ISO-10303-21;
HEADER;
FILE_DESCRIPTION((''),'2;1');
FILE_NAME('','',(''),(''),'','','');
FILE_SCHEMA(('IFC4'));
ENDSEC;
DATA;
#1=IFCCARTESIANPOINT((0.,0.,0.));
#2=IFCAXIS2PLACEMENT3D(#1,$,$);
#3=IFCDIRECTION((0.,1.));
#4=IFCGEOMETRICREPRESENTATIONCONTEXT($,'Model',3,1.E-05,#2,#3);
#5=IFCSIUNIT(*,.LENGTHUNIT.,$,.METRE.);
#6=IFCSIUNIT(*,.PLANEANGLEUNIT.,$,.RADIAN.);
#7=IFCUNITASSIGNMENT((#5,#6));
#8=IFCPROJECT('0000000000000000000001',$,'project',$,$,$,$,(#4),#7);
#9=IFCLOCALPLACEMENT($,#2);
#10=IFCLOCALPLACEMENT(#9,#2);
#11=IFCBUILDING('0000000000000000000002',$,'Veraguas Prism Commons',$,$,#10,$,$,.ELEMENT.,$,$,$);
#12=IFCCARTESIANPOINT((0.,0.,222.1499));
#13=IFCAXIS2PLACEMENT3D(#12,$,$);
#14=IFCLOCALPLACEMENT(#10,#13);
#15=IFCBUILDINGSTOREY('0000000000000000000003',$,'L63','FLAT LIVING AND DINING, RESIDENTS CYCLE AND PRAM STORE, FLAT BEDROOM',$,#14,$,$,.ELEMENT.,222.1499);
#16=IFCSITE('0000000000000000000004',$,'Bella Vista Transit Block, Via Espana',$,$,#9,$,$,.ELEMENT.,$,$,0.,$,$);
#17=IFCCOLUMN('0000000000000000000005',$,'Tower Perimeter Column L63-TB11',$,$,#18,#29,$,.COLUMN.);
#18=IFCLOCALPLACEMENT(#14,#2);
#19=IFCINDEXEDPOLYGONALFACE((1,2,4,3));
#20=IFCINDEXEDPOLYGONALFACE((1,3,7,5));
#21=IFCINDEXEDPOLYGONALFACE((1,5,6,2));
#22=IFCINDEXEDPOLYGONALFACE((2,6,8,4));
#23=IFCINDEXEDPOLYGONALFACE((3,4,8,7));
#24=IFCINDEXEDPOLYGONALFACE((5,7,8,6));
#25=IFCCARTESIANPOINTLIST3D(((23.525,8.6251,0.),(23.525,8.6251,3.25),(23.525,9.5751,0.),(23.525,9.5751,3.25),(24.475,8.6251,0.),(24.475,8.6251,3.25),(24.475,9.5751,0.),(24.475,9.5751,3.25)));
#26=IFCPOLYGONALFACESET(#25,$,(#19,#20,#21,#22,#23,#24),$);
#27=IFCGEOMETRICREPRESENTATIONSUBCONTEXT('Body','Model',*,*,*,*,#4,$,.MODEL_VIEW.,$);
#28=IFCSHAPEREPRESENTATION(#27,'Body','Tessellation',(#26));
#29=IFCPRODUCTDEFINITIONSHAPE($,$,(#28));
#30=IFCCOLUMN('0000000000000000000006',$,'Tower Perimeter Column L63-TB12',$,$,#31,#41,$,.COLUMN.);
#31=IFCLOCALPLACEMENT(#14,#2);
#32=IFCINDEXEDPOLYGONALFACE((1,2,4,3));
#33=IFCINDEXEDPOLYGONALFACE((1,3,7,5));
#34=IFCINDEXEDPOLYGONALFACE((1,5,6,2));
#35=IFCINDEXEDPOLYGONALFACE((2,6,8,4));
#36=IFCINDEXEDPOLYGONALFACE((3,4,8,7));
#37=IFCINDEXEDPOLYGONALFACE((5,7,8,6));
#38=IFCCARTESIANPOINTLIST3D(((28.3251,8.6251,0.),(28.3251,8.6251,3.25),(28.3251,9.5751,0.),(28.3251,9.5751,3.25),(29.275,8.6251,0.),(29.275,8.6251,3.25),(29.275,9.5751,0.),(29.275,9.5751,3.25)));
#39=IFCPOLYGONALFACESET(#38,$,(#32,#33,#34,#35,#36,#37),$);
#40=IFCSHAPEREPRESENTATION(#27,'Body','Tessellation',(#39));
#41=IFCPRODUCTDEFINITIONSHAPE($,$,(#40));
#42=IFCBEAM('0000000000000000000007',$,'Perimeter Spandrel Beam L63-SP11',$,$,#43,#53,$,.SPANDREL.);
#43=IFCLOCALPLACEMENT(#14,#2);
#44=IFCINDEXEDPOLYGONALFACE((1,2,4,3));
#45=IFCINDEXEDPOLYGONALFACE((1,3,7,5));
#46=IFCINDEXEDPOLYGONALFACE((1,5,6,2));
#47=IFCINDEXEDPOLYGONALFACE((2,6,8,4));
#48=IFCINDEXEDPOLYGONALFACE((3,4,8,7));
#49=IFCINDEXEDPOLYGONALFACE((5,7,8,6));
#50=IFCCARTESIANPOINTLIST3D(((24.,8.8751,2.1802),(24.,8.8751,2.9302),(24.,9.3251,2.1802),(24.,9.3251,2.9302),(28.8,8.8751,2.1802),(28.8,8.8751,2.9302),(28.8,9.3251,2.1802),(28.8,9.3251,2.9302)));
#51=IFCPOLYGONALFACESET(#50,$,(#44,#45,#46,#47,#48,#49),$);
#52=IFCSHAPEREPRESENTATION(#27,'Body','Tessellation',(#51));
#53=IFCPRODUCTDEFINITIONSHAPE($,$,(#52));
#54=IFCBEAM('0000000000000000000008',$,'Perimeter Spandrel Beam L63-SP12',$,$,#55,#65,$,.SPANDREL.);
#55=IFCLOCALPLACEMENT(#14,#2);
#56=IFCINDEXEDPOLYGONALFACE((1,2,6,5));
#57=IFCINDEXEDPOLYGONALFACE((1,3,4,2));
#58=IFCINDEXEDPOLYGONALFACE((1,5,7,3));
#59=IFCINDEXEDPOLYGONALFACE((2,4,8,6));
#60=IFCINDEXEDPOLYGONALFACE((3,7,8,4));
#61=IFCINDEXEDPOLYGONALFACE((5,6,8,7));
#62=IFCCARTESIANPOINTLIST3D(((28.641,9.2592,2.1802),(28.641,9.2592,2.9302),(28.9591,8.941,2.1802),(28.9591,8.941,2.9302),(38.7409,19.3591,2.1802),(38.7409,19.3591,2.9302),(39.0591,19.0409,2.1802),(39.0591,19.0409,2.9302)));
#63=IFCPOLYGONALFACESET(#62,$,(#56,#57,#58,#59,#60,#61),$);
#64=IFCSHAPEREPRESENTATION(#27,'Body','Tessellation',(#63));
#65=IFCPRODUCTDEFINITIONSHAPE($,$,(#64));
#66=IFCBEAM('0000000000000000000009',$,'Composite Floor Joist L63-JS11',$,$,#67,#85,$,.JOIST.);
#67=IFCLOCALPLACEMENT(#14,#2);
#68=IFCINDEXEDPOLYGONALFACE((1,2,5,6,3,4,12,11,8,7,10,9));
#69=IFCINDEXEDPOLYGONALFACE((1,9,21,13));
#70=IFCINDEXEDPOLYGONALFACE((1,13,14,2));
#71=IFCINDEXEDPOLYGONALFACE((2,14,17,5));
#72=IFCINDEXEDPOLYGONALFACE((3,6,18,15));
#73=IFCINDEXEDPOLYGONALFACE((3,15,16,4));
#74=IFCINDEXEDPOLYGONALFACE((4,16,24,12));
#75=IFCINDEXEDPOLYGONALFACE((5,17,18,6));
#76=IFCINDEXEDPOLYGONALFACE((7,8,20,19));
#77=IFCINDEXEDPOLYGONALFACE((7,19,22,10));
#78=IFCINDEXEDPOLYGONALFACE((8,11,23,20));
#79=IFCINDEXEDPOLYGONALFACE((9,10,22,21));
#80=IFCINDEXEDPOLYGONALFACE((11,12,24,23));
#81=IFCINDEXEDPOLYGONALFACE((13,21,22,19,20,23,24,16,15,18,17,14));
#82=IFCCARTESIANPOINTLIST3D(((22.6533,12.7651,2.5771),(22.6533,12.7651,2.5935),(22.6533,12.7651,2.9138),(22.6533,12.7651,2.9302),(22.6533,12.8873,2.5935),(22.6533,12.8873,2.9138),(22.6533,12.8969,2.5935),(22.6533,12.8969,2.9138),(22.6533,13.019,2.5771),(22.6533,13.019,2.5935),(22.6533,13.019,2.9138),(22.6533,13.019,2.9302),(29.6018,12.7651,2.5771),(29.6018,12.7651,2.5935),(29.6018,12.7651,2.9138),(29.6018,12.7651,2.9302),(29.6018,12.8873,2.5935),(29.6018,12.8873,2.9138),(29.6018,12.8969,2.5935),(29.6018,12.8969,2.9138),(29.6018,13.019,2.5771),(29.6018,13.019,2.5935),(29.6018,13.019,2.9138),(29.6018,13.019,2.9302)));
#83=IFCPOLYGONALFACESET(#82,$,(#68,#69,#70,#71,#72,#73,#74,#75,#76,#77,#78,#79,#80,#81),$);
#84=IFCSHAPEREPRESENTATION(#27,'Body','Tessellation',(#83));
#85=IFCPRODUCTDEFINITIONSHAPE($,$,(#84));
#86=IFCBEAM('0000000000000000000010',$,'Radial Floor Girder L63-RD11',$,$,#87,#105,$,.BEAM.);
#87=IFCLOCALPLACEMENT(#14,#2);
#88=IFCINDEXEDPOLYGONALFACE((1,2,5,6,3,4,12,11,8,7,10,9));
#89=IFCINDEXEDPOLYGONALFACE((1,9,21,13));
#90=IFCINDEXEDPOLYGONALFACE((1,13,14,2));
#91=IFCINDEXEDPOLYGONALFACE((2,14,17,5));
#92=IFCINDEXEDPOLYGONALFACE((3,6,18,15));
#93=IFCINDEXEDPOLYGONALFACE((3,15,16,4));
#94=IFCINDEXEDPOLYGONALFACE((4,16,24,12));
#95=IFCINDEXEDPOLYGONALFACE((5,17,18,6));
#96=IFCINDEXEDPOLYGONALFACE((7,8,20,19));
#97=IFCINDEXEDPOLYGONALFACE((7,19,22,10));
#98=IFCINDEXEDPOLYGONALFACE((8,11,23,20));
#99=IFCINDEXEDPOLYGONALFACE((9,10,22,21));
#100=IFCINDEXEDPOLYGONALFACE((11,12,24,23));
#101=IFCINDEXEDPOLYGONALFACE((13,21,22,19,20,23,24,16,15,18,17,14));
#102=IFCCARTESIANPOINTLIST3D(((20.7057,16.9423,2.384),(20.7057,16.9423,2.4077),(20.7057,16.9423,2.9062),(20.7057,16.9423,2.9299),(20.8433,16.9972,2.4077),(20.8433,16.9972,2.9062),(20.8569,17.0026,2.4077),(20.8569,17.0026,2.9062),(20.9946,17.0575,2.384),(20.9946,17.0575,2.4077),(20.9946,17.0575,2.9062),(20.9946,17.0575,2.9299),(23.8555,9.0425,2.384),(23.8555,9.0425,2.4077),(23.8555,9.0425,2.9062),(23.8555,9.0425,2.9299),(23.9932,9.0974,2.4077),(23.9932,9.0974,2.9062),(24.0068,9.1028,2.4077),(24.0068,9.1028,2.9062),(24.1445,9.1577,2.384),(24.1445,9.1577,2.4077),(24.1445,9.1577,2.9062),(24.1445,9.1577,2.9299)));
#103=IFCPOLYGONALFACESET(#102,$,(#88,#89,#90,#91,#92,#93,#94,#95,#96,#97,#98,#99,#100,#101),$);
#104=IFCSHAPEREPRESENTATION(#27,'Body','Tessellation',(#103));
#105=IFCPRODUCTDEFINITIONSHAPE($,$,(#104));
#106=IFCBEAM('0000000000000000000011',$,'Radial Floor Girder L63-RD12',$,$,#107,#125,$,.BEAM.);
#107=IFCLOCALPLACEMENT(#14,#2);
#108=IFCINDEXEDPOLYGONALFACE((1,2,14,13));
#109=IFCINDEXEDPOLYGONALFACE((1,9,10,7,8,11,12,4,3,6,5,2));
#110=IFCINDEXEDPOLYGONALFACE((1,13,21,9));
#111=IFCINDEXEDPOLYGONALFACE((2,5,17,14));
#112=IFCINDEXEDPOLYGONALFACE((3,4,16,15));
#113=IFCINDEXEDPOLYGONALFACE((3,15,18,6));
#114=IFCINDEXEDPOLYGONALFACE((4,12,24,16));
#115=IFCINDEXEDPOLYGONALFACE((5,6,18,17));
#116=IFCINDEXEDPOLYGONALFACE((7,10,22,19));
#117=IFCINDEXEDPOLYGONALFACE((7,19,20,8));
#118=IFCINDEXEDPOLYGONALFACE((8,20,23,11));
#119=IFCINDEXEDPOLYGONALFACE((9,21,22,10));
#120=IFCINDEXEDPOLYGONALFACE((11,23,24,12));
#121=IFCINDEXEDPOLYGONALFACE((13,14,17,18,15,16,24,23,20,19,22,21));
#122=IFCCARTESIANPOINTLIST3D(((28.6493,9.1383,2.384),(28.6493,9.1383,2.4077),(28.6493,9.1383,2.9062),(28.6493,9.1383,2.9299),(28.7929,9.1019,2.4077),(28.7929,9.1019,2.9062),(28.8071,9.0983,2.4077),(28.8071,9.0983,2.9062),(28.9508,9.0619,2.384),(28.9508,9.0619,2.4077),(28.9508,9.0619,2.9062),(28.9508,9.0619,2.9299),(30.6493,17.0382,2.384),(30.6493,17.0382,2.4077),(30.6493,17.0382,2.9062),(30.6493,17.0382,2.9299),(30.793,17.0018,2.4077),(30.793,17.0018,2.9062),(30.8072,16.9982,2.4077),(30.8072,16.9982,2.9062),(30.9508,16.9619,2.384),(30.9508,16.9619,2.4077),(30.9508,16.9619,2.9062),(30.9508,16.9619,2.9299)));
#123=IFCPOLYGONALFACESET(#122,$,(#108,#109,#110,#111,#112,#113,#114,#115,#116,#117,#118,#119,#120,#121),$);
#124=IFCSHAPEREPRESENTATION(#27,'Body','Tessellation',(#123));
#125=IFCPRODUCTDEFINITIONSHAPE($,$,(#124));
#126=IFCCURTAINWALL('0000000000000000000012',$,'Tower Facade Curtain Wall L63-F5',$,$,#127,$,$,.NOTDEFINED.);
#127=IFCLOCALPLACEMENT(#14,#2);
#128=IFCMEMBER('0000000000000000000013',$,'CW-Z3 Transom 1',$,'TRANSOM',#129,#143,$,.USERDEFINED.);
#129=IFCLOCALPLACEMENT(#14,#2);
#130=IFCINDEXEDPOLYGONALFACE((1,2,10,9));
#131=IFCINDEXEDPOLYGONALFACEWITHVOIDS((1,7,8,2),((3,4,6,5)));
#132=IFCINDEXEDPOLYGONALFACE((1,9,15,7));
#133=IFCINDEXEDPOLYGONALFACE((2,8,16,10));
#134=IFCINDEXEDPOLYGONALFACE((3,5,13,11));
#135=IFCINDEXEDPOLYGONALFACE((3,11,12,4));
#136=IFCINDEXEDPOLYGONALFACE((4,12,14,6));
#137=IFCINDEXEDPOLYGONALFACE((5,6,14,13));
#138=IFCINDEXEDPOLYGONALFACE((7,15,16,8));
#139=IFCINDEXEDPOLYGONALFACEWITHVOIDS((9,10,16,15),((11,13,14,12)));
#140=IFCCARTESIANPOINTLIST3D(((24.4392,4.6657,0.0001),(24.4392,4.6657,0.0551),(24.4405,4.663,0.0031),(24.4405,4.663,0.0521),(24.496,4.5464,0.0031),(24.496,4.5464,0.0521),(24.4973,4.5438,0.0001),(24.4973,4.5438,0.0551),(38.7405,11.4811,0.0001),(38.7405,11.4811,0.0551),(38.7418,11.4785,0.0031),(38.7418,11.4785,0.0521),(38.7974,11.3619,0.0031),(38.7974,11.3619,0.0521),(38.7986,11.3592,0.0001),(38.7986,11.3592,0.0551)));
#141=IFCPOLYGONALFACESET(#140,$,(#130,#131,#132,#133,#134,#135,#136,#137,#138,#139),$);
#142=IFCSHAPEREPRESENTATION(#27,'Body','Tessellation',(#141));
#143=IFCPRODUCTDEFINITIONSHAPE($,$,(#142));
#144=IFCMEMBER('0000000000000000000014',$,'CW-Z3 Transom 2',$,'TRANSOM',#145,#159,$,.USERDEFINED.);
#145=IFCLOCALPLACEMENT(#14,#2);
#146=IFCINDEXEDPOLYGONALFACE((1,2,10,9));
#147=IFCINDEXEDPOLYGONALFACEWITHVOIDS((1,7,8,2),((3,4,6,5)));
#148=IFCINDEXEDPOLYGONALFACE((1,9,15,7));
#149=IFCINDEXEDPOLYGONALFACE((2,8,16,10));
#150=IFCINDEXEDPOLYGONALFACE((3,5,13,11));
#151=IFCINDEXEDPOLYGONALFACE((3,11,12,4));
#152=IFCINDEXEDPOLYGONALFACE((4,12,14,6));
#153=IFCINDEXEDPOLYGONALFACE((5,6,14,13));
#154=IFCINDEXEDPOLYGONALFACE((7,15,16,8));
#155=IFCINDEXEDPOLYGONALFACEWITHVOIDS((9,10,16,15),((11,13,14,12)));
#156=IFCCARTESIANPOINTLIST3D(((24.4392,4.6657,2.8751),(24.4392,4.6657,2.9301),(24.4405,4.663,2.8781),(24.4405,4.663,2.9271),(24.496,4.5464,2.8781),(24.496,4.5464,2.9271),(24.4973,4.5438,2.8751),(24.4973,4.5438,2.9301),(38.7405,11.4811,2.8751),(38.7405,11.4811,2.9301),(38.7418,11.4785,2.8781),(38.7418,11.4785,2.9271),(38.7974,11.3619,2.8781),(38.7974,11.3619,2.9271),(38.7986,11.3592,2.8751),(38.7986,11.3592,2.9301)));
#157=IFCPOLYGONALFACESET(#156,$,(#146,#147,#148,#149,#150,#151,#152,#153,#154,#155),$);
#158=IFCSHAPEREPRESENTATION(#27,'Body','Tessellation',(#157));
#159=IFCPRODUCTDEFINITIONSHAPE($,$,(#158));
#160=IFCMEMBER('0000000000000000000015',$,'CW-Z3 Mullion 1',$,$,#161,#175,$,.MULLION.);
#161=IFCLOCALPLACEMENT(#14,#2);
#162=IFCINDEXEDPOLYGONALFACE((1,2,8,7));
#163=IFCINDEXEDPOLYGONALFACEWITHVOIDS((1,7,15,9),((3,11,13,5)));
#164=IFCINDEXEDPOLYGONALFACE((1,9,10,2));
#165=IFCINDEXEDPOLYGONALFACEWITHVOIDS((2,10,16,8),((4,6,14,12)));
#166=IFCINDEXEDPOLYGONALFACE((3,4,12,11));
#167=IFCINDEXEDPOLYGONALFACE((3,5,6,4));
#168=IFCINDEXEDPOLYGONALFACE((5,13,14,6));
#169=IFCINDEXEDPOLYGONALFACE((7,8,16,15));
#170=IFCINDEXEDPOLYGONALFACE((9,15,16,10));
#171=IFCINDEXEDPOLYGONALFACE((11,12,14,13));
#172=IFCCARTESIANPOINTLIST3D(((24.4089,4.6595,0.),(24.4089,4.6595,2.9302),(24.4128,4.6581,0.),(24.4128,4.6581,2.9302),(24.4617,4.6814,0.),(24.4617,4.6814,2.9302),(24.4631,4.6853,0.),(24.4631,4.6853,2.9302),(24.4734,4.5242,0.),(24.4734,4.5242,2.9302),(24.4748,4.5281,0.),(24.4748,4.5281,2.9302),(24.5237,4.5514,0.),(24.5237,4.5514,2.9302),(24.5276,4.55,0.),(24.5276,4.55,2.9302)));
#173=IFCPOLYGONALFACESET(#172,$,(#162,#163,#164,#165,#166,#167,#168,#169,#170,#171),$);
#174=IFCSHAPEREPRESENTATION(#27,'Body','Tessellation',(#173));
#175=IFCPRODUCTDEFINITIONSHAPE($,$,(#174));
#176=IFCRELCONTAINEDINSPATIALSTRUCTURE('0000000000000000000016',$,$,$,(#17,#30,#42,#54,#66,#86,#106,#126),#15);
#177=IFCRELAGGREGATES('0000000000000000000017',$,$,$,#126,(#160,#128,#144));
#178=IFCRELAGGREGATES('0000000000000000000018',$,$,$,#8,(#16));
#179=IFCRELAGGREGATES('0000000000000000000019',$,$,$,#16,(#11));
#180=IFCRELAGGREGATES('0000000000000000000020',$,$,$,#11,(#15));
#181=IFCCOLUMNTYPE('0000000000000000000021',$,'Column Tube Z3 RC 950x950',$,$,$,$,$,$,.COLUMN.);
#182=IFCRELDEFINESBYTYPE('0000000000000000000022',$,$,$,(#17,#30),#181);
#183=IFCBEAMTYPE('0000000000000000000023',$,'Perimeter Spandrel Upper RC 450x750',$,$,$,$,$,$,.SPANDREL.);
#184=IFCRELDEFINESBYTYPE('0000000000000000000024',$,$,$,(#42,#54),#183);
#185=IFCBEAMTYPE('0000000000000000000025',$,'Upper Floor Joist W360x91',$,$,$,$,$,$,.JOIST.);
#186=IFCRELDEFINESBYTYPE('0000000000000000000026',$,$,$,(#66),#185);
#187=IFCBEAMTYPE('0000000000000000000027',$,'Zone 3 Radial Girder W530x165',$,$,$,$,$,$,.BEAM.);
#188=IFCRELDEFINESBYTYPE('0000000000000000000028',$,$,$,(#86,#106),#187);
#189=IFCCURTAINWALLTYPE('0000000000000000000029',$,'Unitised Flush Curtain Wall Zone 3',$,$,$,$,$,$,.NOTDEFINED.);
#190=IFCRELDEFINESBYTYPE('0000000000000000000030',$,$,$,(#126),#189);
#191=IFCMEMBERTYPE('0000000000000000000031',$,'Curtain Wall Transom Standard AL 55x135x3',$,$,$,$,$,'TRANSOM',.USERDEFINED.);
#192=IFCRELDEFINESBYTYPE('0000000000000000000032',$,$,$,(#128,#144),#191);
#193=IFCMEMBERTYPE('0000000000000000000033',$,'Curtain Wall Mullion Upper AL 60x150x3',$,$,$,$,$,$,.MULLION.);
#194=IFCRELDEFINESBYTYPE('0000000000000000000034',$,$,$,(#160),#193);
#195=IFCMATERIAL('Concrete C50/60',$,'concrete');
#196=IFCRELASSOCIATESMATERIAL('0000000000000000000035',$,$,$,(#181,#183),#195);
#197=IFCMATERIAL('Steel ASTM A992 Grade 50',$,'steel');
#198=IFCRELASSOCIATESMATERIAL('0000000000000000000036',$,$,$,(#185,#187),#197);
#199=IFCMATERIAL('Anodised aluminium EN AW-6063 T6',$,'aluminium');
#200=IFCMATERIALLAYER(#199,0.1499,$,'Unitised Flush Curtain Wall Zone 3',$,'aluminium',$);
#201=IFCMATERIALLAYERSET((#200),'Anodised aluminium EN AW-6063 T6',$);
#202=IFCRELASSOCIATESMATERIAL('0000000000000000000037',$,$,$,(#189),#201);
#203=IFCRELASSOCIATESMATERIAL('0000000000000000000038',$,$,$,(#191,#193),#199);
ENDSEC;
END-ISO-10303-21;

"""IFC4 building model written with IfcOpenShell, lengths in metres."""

from ifc_helpers import new_model, si_unit, direction, frame, origin, origin_2d, place, context, subcontext, project, spatial, rectangle, hollow_rectangle, i_section, extrude, source, transform, mapped, material, layer, layer_set, material_profile, profile_set, type_object, element, aggregate, save


model = new_model("IFC4")

# Units and contexts
model_context = context("Model", 3, precision=1e-05, world=origin(), true_north=direction((0.0, 1.0)))
body_context = subcontext(model_context, "Body", "Model", "MODEL_VIEW")
ifc_project = project(units=[si_unit("LENGTHUNIT", "METRE"), si_unit("PLANEANGLEUNIT", "RADIAN")], contexts=[model_context])

# Site, building, storey
site_placement = place(None, origin())
site = spatial("IfcSite", under=ifc_project, at=site_placement, Name="Bella Vista Transit Block, Via Espana", CompositionType="ELEMENT", RefElevation=0.0)
building_placement = place(site_placement, origin())
building = spatial("IfcBuilding", under=site, at=building_placement, Name="Veraguas Prism Commons", CompositionType="ELEMENT")
storey_placement = place(building_placement, frame((0.0, 0.0, 222.1499)))
storey = spatial("IfcBuildingStorey", under=building, at=storey_placement, Name="L63", Description="FLAT LIVING AND DINING, RESIDENTS CYCLE AND PRAM STORE, FLAT BEDROOM", CompositionType="ELEMENT", Elevation=222.1499)

# Columns
ifc_material_1 = material(Name="Concrete C50/60", Category="concrete")
ifc_material_profile_1 = material_profile(ifc_material_1, rectangle(XDim=0.95, YDim=0.95, at=origin_2d()), Name="RC950X950")
ifc_profile_set_1 = profile_set([ifc_material_profile_1], Name="Concrete C50/60")
column_type = type_object("IfcColumnType", Name="Column Tube Z3 RC 950x950", PredefinedType="COLUMN", material=ifc_profile_set_1)
for number, where, z_axis, x_axis, name in (
    (1, (24.0, 9.1001, 0.0), (0.0, 0.0, 1.0), (1.0, 0.0, 0.0), "Tower Perimeter Column L63-TB11"),
    (2, (28.8, 9.1001, 0.0), (0.0, 0.0, 1.0), (1.0, 0.0, 0.0), "Tower Perimeter Column L63-TB12"),
):
    element("IfcColumn", number, at=place(storey_placement, frame(where, z_axis=z_axis, x_axis=x_axis)), inside=storey, type_object=column_type, Name=name, PredefinedType="COLUMN", context=body_context, shape_type="SweptSolid", body=[
        extrude(rectangle(XDim=0.95, YDim=0.95, at=origin_2d()), origin(), (0.0, 0.0, 1.0), 3.25),
    ])

# Beams
ifc_material_profile_2 = material_profile(ifc_material_1, rectangle(XDim=0.45, YDim=0.75, at=origin_2d()), Name="RC450X750")
ifc_profile_set_2 = profile_set([ifc_material_profile_2], Name="Concrete C50/60")
beam_type_1 = type_object("IfcBeamType", Name="Perimeter Spandrel Upper RC 450x750", PredefinedType="SPANDREL", material=ifc_profile_set_2)
beam_1_placement = place(storey_placement, frame((24.0, 9.1001, 2.5552), z_axis=(1.0, 0.0, 0.0), x_axis=(0.0, 1.0, 0.0)))
element("IfcBeam", 3, at=beam_1_placement, inside=storey, type_object=beam_type_1, Name="Perimeter Spandrel Beam L63-SP11", PredefinedType="SPANDREL", context=body_context, shape_type="SweptSolid", body=[
    extrude(rectangle(XDim=0.45, YDim=0.75, at=origin_2d()), origin(), (0.0, 0.0, 1.0), 4.8),
])
beam_2_placement = place(storey_placement, frame((28.8, 9.1001, 2.5552), z_axis=(0.707107, 0.707107, 0.0), x_axis=(-0.707107, 0.707107, 0.0)))
element("IfcBeam", 4, at=beam_2_placement, inside=storey, type_object=beam_type_1, Name="Perimeter Spandrel Beam L63-SP12", PredefinedType="SPANDREL", context=body_context, shape_type="SweptSolid", body=[
    extrude(rectangle(XDim=0.45, YDim=0.75, at=origin_2d()), origin(), (0.0, 0.0, 1.0), 14.2834),
])
ifc_material_2 = material(Name="Steel ASTM A992 Grade 50", Category="steel")
ifc_material_profile_3 = material_profile(ifc_material_2, i_section(OverallWidth=0.2539, OverallDepth=0.353, WebThickness=0.0095, FlangeThickness=0.0164, at=origin_2d()), Name="W360X91")
ifc_profile_set_3 = profile_set([ifc_material_profile_3], Name="Steel ASTM A992 Grade 50")
beam_type_2 = type_object("IfcBeamType", Name="Upper Floor Joist W360x91", PredefinedType="JOIST", material=ifc_profile_set_3)
beam_3_placement = place(storey_placement, frame((22.6533, 12.8921, 2.7537), z_axis=(1.0, 0.0, 0.0), x_axis=(0.0, 1.0, 0.0)))
element("IfcBeam", 5, at=beam_3_placement, inside=storey, type_object=beam_type_2, Name="Composite Floor Joist L63-JS11", PredefinedType="JOIST", context=body_context, shape_type="SweptSolid", body=[
    extrude(i_section(OverallWidth=0.2539, OverallDepth=0.353, WebThickness=0.0095, FlangeThickness=0.0164, at=origin_2d()), origin(), (0.0, 0.0, 1.0), 6.9485),
])
ifc_material_profile_4 = material_profile(ifc_material_2, i_section(OverallWidth=0.311, OverallDepth=0.5459, WebThickness=0.0146, FlangeThickness=0.0237, at=origin_2d()), Name="W530X165")
ifc_profile_set_4 = profile_set([ifc_material_profile_4], Name="Steel ASTM A992 Grade 50")
beam_type_3 = type_object("IfcBeamType", Name="Zone 3 Radial Girder W530x165", PredefinedType="BEAM", material=ifc_profile_set_4)
beam_4_placement = place(storey_placement, frame((24.0, 9.1001, 2.657), z_axis=(-0.370371, 0.928884, 0.0), x_axis=(-0.928884, -0.370371, 0.0)))
element("IfcBeam", 6, at=beam_4_placement, inside=storey, type_object=beam_type_3, Name="Radial Floor Girder L63-RD11", PredefinedType="BEAM", context=body_context, shape_type="SweptSolid", body=[
    extrude(i_section(OverallWidth=0.311, OverallDepth=0.5459, WebThickness=0.0146, FlangeThickness=0.0237, at=origin_2d()), origin(), (0.0, 0.0, 1.0), 8.5046),
])
beam_5_placement = place(storey_placement, frame((28.8, 9.1001, 2.657), z_axis=(0.245425, 0.969416, 0.0), x_axis=(-0.969416, 0.245425, 0.0)))
element("IfcBeam", 7, at=beam_5_placement, inside=storey, type_object=beam_type_3, Name="Radial Floor Girder L63-RD12", PredefinedType="BEAM", context=body_context, shape_type="SweptSolid", body=[
    extrude(i_section(OverallWidth=0.311, OverallDepth=0.5459, WebThickness=0.0146, FlangeThickness=0.0237, at=origin_2d()), origin(), (0.0, 0.0, 1.0), 8.1492),
])

# Curtain wall, members
ifc_material_3 = material(Name="Anodised aluminium EN AW-6063 T6", Category="aluminium")
ifc_layer_1 = layer(ifc_material_3, 0.1499, Name="Unitised Flush Curtain Wall Zone 3", Category="aluminium")
ifc_layer_set_1 = layer_set([ifc_layer_1], Name="Anodised aluminium EN AW-6063 T6")
curtain_wall_type = type_object("IfcCurtainWallType", Name="Unitised Flush Curtain Wall Zone 3", PredefinedType="NOTDEFINED", material=ifc_layer_set_1)
curtain_wall_1_placement = place(storey_placement, origin())
curtain_wall_1 = element("IfcCurtainWall", 8, at=curtain_wall_1_placement, inside=storey, type_object=curtain_wall_type, Name="Tower Facade Curtain Wall L63-F5", PredefinedType="NOTDEFINED")
ifc_material_profile_5 = material_profile(ifc_material_3, hollow_rectangle(XDim=0.0549, YDim=0.135, WallThickness=0.0029, at=origin_2d()), Name="AL55X135X3")
ifc_profile_set_5 = profile_set([ifc_material_profile_5], Name="Anodised aluminium EN AW-6063 T6")
member_type_1 = type_object("IfcMemberType", Name="Curtain Wall Transom Standard AL 55x135x3", ElementType="TRANSOM", PredefinedType="USERDEFINED", material=ifc_profile_set_5)
shared_shape_1 = source(origin(), body_context, "Body", "SweptSolid", [
    extrude(hollow_rectangle(XDim=0.0549, YDim=0.135, WallThickness=0.0029, at=origin_2d()), origin(), (0.0, 0.0, 1.0), 15.8423),
])
member_1_placement = place(storey_placement, frame((24.4683, 4.6047, 0.0276), z_axis=(0.902731, 0.430206, 0.0), x_axis=(0.0, 0.0, 1.0)))
member_1 = element("IfcMember", 9, at=member_1_placement, type_object=member_type_1, Name="CW-Z3 Transom 1", ObjectType="TRANSOM", PredefinedType="USERDEFINED", context=body_context, shape_type="MappedRepresentation", body=[
    mapped(shared_shape_1, transform((0.0, 0.0, 0.0), scale=1.0)),
])
member_2_placement = place(storey_placement, frame((24.4683, 4.6047, 2.9026), z_axis=(0.902731, 0.430206, 0.0), x_axis=(0.0, 0.0, 1.0)))
member_2 = element("IfcMember", 10, at=member_2_placement, type_object=member_type_1, Name="CW-Z3 Transom 2", ObjectType="TRANSOM", PredefinedType="USERDEFINED", context=body_context, shape_type="MappedRepresentation", body=[
    mapped(shared_shape_1, transform((0.0, 0.0, 0.0), scale=1.0)),
])
ifc_material_profile_6 = material_profile(ifc_material_3, hollow_rectangle(XDim=0.0601, YDim=0.1499, WallThickness=0.0029, at=origin_2d()), Name="AL60X150X3")
ifc_profile_set_6 = profile_set([ifc_material_profile_6], Name="Anodised aluminium EN AW-6063 T6")
member_type_2 = type_object("IfcMemberType", Name="Curtain Wall Mullion Upper AL 60x150x3", PredefinedType="MULLION", material=ifc_profile_set_6)
shared_shape_2 = source(origin(), body_context, "Body", "SweptSolid", [
    extrude(hollow_rectangle(XDim=0.0601, YDim=0.1499, WallThickness=0.0029, at=origin_2d()), origin(), (0.0, 0.0, 1.0), 2.9302),
])
member_3_placement = place(storey_placement, frame((24.4683, 4.6047, 0.0), z_axis=(0.0, 0.0, 1.0), x_axis=(0.902733, 0.430201, 0.0)))
member_3 = element("IfcMember", 11, at=member_3_placement, type_object=member_type_2, Name="CW-Z3 Mullion 1", PredefinedType="MULLION", context=body_context, shape_type="MappedRepresentation", body=[
    mapped(shared_shape_2, transform((0.0, 0.0, 0.0), scale=1.0)),
])

aggregate(curtain_wall_1, [member_3, member_1, member_2])

save(model, "model.ifc")
